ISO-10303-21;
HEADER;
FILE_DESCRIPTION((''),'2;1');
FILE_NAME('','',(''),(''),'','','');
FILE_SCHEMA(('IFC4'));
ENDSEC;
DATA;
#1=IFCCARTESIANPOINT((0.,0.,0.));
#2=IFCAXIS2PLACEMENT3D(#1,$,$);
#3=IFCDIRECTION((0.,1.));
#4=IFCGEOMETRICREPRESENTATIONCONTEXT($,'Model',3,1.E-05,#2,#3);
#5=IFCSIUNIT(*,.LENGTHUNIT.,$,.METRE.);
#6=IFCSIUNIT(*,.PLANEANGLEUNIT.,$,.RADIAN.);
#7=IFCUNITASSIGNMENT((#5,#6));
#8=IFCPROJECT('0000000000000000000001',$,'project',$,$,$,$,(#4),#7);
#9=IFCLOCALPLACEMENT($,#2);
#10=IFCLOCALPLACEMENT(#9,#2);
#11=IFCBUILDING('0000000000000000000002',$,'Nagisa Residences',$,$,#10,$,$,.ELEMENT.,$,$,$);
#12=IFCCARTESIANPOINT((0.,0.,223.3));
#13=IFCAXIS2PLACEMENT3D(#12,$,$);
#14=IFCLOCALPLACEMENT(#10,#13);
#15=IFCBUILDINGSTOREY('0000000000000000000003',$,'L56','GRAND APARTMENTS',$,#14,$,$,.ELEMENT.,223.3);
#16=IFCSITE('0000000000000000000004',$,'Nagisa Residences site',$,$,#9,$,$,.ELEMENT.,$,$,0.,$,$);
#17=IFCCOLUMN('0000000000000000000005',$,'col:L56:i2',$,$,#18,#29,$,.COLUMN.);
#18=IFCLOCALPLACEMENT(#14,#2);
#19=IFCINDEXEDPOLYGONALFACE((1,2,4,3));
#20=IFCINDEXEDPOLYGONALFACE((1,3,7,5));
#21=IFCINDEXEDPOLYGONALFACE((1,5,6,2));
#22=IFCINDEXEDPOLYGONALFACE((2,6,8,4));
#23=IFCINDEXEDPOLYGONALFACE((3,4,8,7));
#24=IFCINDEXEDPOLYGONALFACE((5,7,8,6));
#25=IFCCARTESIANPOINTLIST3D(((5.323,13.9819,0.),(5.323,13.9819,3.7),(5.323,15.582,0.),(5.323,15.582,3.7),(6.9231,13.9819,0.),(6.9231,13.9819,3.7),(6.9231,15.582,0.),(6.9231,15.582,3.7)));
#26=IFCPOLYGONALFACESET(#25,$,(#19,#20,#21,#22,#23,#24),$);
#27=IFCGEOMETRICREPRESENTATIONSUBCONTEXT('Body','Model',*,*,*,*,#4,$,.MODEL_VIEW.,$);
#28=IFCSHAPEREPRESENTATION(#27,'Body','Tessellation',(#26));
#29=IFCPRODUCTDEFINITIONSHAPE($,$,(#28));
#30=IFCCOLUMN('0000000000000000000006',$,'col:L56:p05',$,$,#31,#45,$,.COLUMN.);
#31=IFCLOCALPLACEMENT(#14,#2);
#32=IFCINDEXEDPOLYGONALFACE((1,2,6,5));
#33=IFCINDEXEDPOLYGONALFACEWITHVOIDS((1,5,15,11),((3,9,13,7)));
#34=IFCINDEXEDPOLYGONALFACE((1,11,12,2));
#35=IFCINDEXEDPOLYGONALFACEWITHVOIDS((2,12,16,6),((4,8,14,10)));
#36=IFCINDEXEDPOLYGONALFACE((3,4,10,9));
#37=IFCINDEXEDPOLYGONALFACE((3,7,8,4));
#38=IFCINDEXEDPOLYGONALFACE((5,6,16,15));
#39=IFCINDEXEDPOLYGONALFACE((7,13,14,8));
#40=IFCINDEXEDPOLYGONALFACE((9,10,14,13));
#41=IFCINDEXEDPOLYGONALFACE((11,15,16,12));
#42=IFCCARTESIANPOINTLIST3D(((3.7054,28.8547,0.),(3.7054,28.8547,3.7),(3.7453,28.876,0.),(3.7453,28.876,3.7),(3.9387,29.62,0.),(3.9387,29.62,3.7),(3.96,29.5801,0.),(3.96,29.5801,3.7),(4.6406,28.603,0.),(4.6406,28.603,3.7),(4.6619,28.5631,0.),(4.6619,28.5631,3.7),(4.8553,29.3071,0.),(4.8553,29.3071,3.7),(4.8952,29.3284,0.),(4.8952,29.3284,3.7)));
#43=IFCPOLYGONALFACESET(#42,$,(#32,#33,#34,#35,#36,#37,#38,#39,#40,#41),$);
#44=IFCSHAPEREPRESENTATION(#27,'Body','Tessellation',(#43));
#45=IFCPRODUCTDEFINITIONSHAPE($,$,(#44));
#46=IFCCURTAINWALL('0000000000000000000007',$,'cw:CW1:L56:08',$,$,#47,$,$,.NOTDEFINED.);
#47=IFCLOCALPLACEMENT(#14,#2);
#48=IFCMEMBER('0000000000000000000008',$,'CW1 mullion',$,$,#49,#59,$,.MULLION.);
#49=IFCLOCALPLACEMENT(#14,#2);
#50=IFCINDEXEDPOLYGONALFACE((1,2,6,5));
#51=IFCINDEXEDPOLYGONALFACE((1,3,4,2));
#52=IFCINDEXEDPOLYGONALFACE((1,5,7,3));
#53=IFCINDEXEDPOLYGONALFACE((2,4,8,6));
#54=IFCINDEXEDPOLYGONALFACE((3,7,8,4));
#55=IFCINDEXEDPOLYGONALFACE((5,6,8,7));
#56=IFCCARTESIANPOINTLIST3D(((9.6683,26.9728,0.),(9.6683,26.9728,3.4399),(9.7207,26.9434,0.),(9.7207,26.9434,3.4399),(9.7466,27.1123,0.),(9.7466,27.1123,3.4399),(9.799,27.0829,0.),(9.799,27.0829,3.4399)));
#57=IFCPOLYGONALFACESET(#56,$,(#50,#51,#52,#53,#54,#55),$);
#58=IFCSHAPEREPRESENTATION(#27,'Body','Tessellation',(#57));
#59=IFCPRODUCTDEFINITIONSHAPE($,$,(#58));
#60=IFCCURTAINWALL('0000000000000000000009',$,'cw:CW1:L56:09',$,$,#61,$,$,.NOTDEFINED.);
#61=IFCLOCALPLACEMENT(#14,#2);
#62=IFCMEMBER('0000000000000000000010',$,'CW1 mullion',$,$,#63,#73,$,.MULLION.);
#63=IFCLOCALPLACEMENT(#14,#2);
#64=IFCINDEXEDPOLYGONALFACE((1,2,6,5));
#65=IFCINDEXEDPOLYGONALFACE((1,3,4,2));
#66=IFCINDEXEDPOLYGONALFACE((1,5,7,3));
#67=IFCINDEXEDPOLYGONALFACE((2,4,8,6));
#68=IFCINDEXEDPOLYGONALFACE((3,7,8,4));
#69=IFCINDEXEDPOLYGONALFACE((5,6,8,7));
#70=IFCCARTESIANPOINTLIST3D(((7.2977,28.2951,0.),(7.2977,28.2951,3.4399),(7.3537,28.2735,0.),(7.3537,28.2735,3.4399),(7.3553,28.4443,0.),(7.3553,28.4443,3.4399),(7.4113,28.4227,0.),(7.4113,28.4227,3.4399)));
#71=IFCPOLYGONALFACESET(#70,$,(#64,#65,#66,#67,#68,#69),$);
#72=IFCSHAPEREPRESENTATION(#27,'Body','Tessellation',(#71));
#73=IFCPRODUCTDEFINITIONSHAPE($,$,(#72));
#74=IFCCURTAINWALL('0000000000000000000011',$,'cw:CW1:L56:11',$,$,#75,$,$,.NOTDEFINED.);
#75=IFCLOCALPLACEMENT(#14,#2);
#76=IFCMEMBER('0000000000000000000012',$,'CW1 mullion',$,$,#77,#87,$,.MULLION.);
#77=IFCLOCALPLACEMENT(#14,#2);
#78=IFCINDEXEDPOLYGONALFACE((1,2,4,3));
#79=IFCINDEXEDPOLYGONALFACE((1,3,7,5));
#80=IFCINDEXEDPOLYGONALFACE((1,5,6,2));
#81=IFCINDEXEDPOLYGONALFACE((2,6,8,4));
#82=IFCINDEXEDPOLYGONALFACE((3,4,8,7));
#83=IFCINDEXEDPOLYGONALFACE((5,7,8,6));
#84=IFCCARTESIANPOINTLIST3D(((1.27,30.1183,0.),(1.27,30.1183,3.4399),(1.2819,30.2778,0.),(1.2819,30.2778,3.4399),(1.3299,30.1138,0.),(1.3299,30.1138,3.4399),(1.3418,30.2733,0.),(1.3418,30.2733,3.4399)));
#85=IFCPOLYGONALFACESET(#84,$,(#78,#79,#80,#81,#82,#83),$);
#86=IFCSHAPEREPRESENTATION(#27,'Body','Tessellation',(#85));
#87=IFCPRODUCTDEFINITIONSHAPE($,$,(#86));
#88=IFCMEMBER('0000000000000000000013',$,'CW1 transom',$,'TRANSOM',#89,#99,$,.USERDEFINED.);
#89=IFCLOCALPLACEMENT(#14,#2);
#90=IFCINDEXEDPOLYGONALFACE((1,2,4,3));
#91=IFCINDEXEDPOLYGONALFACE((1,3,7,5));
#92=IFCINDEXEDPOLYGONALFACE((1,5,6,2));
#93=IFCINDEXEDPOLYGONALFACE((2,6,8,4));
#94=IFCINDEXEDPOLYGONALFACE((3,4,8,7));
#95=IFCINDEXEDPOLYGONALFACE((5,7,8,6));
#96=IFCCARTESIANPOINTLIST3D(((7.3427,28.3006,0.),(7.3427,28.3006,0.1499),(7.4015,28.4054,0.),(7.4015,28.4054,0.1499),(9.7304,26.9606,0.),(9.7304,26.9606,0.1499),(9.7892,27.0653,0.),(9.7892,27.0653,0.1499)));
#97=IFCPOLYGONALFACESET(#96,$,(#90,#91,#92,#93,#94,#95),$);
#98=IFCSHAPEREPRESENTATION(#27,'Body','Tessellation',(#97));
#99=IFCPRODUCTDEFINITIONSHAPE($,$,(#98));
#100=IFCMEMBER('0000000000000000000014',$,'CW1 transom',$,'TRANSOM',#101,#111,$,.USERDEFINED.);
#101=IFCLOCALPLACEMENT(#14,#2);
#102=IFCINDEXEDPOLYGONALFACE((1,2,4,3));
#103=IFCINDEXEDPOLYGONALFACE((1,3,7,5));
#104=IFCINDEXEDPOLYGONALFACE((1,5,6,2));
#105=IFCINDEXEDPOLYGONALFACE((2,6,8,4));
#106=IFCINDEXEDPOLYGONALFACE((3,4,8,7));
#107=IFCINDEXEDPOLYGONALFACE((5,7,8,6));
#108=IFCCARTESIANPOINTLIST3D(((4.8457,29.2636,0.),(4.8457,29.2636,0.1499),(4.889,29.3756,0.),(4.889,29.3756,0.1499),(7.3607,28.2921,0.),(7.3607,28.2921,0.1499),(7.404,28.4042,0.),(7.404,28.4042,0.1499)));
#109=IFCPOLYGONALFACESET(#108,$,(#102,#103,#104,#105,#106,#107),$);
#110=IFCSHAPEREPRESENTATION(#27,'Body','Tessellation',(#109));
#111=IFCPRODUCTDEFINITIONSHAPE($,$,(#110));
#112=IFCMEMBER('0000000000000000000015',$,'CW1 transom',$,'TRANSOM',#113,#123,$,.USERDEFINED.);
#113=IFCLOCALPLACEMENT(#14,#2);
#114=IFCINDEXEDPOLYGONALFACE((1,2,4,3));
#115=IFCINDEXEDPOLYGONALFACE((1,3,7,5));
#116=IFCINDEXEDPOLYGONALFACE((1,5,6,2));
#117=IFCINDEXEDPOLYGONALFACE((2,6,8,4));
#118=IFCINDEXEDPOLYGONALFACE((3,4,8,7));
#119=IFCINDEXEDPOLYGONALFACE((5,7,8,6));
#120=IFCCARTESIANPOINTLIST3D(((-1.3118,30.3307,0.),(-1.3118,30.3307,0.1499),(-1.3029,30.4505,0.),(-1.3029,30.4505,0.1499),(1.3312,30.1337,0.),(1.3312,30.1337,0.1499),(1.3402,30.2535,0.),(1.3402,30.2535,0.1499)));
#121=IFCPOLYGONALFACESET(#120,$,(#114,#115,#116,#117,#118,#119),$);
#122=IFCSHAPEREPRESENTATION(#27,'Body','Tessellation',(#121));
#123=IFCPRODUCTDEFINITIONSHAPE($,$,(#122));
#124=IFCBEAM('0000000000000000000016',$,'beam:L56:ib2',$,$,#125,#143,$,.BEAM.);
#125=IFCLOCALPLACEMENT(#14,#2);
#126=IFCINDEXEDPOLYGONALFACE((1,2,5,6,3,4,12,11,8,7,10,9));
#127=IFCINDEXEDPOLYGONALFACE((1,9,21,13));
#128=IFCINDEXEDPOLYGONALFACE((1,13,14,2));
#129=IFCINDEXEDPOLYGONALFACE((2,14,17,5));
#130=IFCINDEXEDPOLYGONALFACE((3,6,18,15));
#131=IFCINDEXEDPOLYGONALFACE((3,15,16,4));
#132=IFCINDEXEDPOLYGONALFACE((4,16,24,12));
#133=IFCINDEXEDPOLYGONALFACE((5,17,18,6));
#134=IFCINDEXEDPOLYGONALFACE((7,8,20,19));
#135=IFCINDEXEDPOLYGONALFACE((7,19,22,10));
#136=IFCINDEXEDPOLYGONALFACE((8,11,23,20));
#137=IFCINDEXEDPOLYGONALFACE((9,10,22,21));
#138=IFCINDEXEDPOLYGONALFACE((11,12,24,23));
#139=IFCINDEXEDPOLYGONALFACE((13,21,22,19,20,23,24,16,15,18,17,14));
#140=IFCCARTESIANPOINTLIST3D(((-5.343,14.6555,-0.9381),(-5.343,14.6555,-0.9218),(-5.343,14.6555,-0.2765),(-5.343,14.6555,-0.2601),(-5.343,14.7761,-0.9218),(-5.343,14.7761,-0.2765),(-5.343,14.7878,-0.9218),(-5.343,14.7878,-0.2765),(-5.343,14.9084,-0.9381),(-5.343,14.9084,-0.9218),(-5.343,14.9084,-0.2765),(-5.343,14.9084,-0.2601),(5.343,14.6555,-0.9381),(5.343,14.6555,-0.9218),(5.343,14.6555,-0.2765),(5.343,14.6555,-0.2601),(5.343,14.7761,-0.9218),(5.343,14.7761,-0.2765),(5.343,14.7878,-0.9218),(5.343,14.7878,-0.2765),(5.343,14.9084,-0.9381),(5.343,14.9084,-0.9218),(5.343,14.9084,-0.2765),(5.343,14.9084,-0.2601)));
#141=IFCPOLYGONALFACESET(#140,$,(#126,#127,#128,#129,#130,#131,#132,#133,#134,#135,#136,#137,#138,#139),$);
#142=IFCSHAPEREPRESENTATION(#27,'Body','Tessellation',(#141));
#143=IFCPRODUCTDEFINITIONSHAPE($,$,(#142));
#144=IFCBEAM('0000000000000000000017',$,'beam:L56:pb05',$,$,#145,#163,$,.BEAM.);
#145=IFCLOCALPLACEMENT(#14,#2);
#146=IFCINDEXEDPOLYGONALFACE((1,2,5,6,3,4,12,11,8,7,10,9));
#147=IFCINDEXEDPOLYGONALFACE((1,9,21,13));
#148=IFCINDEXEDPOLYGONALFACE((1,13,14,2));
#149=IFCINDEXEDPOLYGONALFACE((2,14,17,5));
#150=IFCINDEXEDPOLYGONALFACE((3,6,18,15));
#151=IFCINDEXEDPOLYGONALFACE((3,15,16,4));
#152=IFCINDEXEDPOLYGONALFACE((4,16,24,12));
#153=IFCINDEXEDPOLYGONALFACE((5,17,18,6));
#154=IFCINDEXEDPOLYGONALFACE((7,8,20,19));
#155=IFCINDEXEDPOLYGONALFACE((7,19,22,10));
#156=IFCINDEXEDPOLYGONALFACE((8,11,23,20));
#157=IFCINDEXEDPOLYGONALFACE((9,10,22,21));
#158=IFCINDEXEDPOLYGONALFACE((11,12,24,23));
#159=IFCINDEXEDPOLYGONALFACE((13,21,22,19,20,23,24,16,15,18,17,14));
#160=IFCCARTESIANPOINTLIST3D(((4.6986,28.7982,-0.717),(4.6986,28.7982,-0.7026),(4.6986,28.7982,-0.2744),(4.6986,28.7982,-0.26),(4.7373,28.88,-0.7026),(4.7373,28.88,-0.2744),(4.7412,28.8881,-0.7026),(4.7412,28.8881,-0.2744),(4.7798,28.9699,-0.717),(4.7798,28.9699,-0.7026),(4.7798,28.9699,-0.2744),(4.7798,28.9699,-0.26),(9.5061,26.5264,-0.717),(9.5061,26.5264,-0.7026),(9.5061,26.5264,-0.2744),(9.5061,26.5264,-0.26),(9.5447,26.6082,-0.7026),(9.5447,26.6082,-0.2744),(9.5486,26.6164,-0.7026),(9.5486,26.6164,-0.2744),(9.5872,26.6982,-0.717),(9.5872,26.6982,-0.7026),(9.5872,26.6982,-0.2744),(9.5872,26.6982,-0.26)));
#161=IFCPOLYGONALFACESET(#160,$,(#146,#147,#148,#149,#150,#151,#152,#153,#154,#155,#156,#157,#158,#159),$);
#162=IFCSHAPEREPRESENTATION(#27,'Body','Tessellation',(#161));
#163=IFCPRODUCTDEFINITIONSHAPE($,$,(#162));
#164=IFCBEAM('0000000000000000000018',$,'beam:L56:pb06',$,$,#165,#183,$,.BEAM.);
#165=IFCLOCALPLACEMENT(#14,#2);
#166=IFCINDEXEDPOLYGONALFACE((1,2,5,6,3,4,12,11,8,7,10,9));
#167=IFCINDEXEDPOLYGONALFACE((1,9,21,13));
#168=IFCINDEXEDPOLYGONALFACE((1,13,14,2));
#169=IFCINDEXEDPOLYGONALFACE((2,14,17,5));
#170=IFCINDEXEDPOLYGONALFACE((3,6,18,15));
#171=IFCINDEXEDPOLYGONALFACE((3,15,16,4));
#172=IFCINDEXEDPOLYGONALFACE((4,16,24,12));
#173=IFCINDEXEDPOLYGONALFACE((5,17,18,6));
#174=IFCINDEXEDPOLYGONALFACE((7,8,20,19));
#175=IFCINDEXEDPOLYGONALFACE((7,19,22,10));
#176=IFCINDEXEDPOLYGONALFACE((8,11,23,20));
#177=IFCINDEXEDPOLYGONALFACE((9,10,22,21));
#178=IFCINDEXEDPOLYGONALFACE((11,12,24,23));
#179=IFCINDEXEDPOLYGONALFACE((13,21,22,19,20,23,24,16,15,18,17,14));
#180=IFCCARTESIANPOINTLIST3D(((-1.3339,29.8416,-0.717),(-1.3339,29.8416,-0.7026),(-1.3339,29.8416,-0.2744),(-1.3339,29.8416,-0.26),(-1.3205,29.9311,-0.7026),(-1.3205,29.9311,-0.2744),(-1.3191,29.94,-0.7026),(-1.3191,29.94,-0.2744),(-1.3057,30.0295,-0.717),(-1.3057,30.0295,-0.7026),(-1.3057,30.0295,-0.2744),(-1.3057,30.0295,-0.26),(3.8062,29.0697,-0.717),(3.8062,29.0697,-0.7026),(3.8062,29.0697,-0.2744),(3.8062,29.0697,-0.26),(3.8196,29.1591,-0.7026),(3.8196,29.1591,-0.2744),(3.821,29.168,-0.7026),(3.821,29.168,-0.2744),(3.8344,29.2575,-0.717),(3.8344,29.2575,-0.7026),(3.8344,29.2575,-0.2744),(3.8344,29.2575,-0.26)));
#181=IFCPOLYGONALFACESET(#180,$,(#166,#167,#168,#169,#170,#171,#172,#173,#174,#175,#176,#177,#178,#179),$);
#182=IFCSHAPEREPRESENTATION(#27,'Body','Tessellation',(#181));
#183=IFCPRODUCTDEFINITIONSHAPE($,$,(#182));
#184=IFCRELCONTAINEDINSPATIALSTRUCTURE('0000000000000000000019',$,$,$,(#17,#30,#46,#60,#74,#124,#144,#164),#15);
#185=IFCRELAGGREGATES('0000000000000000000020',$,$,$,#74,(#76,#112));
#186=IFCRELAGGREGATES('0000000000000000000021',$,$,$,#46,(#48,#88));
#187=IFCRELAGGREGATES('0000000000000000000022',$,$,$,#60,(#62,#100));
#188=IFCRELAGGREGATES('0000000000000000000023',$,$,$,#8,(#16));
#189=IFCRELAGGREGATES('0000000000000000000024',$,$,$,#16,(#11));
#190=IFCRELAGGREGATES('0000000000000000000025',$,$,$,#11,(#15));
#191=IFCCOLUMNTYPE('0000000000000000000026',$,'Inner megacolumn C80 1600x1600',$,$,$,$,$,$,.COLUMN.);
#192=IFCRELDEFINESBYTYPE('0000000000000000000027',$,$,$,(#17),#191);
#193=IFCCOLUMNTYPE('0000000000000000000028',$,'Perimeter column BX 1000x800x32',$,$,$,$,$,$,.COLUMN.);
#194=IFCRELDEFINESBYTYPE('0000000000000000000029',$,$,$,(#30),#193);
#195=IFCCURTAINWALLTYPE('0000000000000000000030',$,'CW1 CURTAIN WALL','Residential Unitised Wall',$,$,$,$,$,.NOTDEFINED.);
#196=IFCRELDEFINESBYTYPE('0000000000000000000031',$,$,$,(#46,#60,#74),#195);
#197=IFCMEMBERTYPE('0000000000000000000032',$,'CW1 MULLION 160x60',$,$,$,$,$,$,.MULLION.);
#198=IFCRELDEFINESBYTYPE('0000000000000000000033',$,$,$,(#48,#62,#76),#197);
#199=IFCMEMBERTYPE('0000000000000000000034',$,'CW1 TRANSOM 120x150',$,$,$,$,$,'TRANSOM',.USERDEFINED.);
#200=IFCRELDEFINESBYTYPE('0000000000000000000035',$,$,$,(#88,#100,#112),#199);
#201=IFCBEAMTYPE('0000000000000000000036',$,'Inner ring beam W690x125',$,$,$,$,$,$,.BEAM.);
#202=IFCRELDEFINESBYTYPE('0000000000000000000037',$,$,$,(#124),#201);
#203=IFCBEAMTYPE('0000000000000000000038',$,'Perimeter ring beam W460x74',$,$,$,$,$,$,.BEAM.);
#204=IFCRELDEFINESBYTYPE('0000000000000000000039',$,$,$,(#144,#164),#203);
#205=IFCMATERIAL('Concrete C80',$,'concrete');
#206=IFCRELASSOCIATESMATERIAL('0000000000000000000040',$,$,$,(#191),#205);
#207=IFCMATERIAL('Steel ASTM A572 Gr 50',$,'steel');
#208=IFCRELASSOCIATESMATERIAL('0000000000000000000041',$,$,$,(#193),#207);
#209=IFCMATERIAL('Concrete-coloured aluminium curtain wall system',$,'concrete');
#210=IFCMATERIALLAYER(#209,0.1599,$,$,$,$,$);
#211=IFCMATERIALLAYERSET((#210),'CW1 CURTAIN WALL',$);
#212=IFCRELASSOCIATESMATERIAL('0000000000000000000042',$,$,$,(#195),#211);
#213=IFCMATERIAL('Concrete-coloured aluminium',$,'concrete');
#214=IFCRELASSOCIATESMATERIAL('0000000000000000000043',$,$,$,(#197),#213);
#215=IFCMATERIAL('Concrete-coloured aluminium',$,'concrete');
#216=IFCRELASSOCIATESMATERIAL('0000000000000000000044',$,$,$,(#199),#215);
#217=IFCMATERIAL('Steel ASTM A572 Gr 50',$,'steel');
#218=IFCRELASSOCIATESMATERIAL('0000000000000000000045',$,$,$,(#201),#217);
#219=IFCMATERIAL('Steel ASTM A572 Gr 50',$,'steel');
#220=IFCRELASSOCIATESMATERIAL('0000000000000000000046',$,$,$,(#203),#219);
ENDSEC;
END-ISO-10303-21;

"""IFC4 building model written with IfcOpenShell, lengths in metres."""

from ifc_helpers import new_model, si_unit, direction, frame, origin, origin_2d, place, context, subcontext, project, spatial, rectangle, hollow_rectangle, i_section, extrude, material, layer, layer_set, material_profile, profile_set, type_object, element, aggregate, save


model = new_model("IFC4")

# Units and contexts
model_context = context("Model", 3, precision=1e-05, world=origin(), true_north=direction((0.0, 1.0)))
body_context = subcontext(model_context, "Body", "Model", "MODEL_VIEW")
ifc_project = project(units=[si_unit("LENGTHUNIT", "METRE"), si_unit("PLANEANGLEUNIT", "RADIAN")], contexts=[model_context])

# Site, building, storey
site_placement = place(None, origin())
site = spatial("IfcSite", under=ifc_project, at=site_placement, Name="Nagisa Residences site", CompositionType="ELEMENT", RefElevation=0.0)
building_placement = place(site_placement, origin())
building = spatial("IfcBuilding", under=site, at=building_placement, Name="Nagisa Residences", CompositionType="ELEMENT")
storey_placement = place(building_placement, frame((0.0, 0.0, 223.3)))
storey = spatial("IfcBuildingStorey", under=building, at=storey_placement, Name="L56", Description="GRAND APARTMENTS", CompositionType="ELEMENT", Elevation=223.3)

# Columns
ifc_material_1 = material(Name="Concrete C80", Category="concrete")
ifc_material_profile_1 = material_profile(ifc_material_1, rectangle(XDim=1.6001, YDim=1.6001, at=origin_2d()), Name="C80 1600x1600")
ifc_profile_set_1 = profile_set([ifc_material_profile_1], Name="Concrete C80")
column_type_1 = type_object("IfcColumnType", Name="Inner megacolumn C80 1600x1600", PredefinedType="COLUMN", material=ifc_profile_set_1)
column_1_placement = place(storey_placement, frame((6.123, 14.782, 0.0), z_axis=(0.0, 0.0, 1.0), x_axis=(1.0, 0.0, 0.0)))
element("IfcColumn", 1, at=column_1_placement, inside=storey, type_object=column_type_1, Name="col:L56:i2", PredefinedType="COLUMN", context=body_context, shape_type="SweptSolid", body=[
    extrude(rectangle(XDim=1.6001, YDim=1.6001, at=origin_2d()), origin(), (0.0, 0.0, 1.0), 3.7),
])
ifc_material_2 = material(Name="Steel ASTM A572 Gr 50", Category="steel")
ifc_material_profile_2 = material_profile(ifc_material_2, hollow_rectangle(XDim=1.0, YDim=0.8, WallThickness=0.032, at=origin_2d()), Name="BX 1000x800x32")
ifc_profile_set_2 = profile_set([ifc_material_profile_2], Name="Steel ASTM A572 Gr 50")
column_type_2 = type_object("IfcColumnType", Name="Perimeter column BX 1000x800x32", PredefinedType="COLUMN", material=ifc_profile_set_2)
column_2_placement = place(storey_placement, frame((4.3003, 29.0916, 0.0), z_axis=(0.0, 0.0, 1.0), x_axis=(-0.956525, 0.291652, 0.0)))
element("IfcColumn", 2, at=column_2_placement, inside=storey, type_object=column_type_2, Name="col:L56:p05", PredefinedType="COLUMN", context=body_context, shape_type="SweptSolid", body=[
    extrude(hollow_rectangle(XDim=1.0, YDim=0.8, WallThickness=0.032, at=origin_2d()), origin(), (0.0, 0.0, 1.0), 3.7),
])

# Curtain walls, members
ifc_material_3 = material(Name="Concrete-coloured aluminium curtain wall system", Category="concrete")
ifc_layer_1 = layer(ifc_material_3, 0.1599)
ifc_layer_set_1 = layer_set([ifc_layer_1], Name="CW1 CURTAIN WALL")
curtain_wall_type = type_object("IfcCurtainWallType", Name="CW1 CURTAIN WALL", Description="Residential Unitised Wall", PredefinedType="NOTDEFINED", material=ifc_layer_set_1)
curtain_wall_1_placement = place(storey_placement, origin())
curtain_wall_1 = element("IfcCurtainWall", 3, at=curtain_wall_1_placement, inside=storey, type_object=curtain_wall_type, Name="cw:CW1:L56:08", PredefinedType="NOTDEFINED")
ifc_material_4 = material(Name="Concrete-coloured aluminium", Category="concrete")
ifc_material_profile_3 = material_profile(ifc_material_4, rectangle(XDim=0.1599, YDim=0.0601, at=origin_2d()), Name="CW1 MULLION 160x60")
ifc_profile_set_3 = profile_set([ifc_material_profile_3], Name="Concrete-coloured aluminium")
member_type_1 = type_object("IfcMemberType", Name="CW1 MULLION 160x60", PredefinedType="MULLION", material=ifc_profile_set_3)
member_1_placement = place(storey_placement, frame((9.7336, 27.0278, 0.0), z_axis=(0.0, 0.0, 1.0), x_axis=(-0.489377, -0.872072, 0.0)))
member_1 = element("IfcMember", 4, at=member_1_placement, type_object=member_type_1, Name="CW1 mullion", PredefinedType="MULLION", context=body_context, shape_type="SweptSolid", body=[
    extrude(rectangle(XDim=0.1599, YDim=0.0601, at=origin_2d()), origin(), (0.0, 0.0, 1.0), 3.4399),
])
curtain_wall_2_placement = place(storey_placement, origin())
curtain_wall_2 = element("IfcCurtainWall", 5, at=curtain_wall_2_placement, inside=storey, type_object=curtain_wall_type, Name="cw:CW1:L56:09", PredefinedType="NOTDEFINED")
member_2_placement = place(storey_placement, frame((7.3545, 28.3589, 0.0), z_axis=(0.0, 0.0, 1.0), x_axis=(-0.360328, -0.932826, 0.0)))
member_2 = element("IfcMember", 6, at=member_2_placement, type_object=member_type_1, Name="CW1 mullion", PredefinedType="MULLION", context=body_context, shape_type="SweptSolid", body=[
    extrude(rectangle(XDim=0.1599, YDim=0.0601, at=origin_2d()), origin(), (0.0, 0.0, 1.0), 3.4399),
])
curtain_wall_3_placement = place(storey_placement, origin())
curtain_wall_3 = element("IfcCurtainWall", 7, at=curtain_wall_3_placement, inside=storey, type_object=curtain_wall_type, Name="cw:CW1:L56:11", PredefinedType="NOTDEFINED")
member_3_placement = place(storey_placement, frame((1.3059, 30.1958, 0.0), z_axis=(0.0, 0.0, 1.0), x_axis=(-0.074377, -0.99723, 0.0)))
member_3 = element("IfcMember", 8, at=member_3_placement, type_object=member_type_1, Name="CW1 mullion", PredefinedType="MULLION", context=body_context, shape_type="SweptSolid", body=[
    extrude(rectangle(XDim=0.1599, YDim=0.0601, at=origin_2d()), origin(), (0.0, 0.0, 1.0), 3.4399),
])

# Members
ifc_material_5 = material(Name="Concrete-coloured aluminium", Category="concrete")
ifc_material_profile_4 = material_profile(ifc_material_5, rectangle(XDim=0.1201, YDim=0.1499, at=origin_2d()), Name="CW1 TRANSOM 120x150")
ifc_profile_set_4 = profile_set([ifc_material_profile_4], Name="Concrete-coloured aluminium")
member_type_2 = type_object("IfcMemberType", Name="CW1 TRANSOM 120x150", ElementType="TRANSOM", PredefinedType="USERDEFINED", material=ifc_profile_set_4)
member_4_placement = place(storey_placement, frame((9.7598, 27.0129, 0.075), z_axis=(-0.872042, 0.489431, 0.0), x_axis=(-0.489431, -0.872042, 0.0)))
member_4 = element("IfcMember", 9, at=member_4_placement, type_object=member_type_2, Name="CW1 transom", ObjectType="TRANSOM", PredefinedType="USERDEFINED", context=body_context, shape_type="SweptSolid", body=[
    extrude(rectangle(XDim=0.1201, YDim=0.1499, at=origin_2d()), origin(), (0.0, 0.0, 1.0), 2.738),
])
member_5_placement = place(storey_placement, frame((7.3823, 28.3481, 0.075), z_axis=(-0.932826, 0.360326, 0.0), x_axis=(-0.360326, -0.932826, 0.0)))
member_5 = element("IfcMember", 10, at=member_5_placement, type_object=member_type_2, Name="CW1 transom", ObjectType="TRANSOM", PredefinedType="USERDEFINED", context=body_context, shape_type="SweptSolid", body=[
    extrude(rectangle(XDim=0.1201, YDim=0.1499, at=origin_2d()), origin(), (0.0, 0.0, 1.0), 2.696),
])
member_6_placement = place(storey_placement, frame((1.3357, 30.1936, 0.075), z_axis=(-0.997233, 0.074337, 0.0), x_axis=(-0.074337, -0.997233, 0.0)))
member_6 = element("IfcMember", 11, at=member_6_placement, type_object=member_type_2, Name="CW1 transom", ObjectType="TRANSOM", PredefinedType="USERDEFINED", context=body_context, shape_type="SweptSolid", body=[
    extrude(rectangle(XDim=0.1201, YDim=0.1499, at=origin_2d()), origin(), (0.0, 0.0, 1.0), 2.6504),
])
aggregate(curtain_wall_3, [member_3, member_6])

# Beams
ifc_material_6 = material(Name="Steel ASTM A572 Gr 50", Category="steel")
ifc_material_profile_5 = material_profile(ifc_material_6, i_section(OverallWidth=0.2529, OverallDepth=0.678, WebThickness=0.0117, FlangeThickness=0.0164, at=origin_2d()), Name="W690x125")
ifc_profile_set_5 = profile_set([ifc_material_profile_5], Name="Steel ASTM A572 Gr 50")
beam_type_1 = type_object("IfcBeamType", Name="Inner ring beam W690x125", PredefinedType="BEAM", material=ifc_profile_set_5)
beam_1_placement = place(storey_placement, frame((5.343, 14.782, -0.5991), z_axis=(-1.0, 0.0, 0.0), x_axis=(0.0, -1.0, 0.0)))
element("IfcBeam", 12, at=beam_1_placement, inside=storey, type_object=beam_type_1, Name="beam:L56:ib2", PredefinedType="BEAM", context=body_context, shape_type="SweptSolid", body=[
    extrude(i_section(OverallWidth=0.2529, OverallDepth=0.678, WebThickness=0.0117, FlangeThickness=0.0164, at=origin_2d()), origin(), (0.0, 0.0, 1.0), 10.686),
])
ifc_material_7 = material(Name="Steel ASTM A572 Gr 50", Category="steel")
ifc_material_profile_6 = material_profile(ifc_material_7, i_section(OverallWidth=0.1899, OverallDepth=0.457, WebThickness=0.009, FlangeThickness=0.0144, at=origin_2d()), Name="W460x74")
ifc_profile_set_6 = profile_set([ifc_material_profile_6], Name="Steel ASTM A572 Gr 50")
beam_type_2 = type_object("IfcBeamType", Name="Perimeter ring beam W460x74", PredefinedType="BEAM", material=ifc_profile_set_6)
beam_2_placement = place(storey_placement, frame((9.5466, 26.6123, -0.4885), z_axis=(-0.904134, 0.427249, 0.0), x_axis=(-0.427249, -0.904134, 0.0)))
element("IfcBeam", 13, at=beam_2_placement, inside=storey, type_object=beam_type_2, Name="beam:L56:pb05", PredefinedType="BEAM", context=body_context, shape_type="SweptSolid", body=[
    extrude(i_section(OverallWidth=0.1899, OverallDepth=0.457, WebThickness=0.009, FlangeThickness=0.0144, at=origin_2d()), origin(), (0.0, 0.0, 1.0), 5.3171),
])
beam_3_placement = place(storey_placement, frame((3.8203, 29.1636, -0.4885), z_axis=(-0.988909, 0.14852, 0.0), x_axis=(-0.14852, -0.988909, 0.0)))
element("IfcBeam", 14, at=beam_3_placement, inside=storey, type_object=beam_type_2, Name="beam:L56:pb06", PredefinedType="BEAM", context=body_context, shape_type="SweptSolid", body=[
    extrude(i_section(OverallWidth=0.1899, OverallDepth=0.457, WebThickness=0.009, FlangeThickness=0.0144, at=origin_2d()), origin(), (0.0, 0.0, 1.0), 5.1978),
])

aggregate(curtain_wall_1, [member_1, member_4])
aggregate(curtain_wall_2, [member_2, member_5])

save(model, "model.ifc")
